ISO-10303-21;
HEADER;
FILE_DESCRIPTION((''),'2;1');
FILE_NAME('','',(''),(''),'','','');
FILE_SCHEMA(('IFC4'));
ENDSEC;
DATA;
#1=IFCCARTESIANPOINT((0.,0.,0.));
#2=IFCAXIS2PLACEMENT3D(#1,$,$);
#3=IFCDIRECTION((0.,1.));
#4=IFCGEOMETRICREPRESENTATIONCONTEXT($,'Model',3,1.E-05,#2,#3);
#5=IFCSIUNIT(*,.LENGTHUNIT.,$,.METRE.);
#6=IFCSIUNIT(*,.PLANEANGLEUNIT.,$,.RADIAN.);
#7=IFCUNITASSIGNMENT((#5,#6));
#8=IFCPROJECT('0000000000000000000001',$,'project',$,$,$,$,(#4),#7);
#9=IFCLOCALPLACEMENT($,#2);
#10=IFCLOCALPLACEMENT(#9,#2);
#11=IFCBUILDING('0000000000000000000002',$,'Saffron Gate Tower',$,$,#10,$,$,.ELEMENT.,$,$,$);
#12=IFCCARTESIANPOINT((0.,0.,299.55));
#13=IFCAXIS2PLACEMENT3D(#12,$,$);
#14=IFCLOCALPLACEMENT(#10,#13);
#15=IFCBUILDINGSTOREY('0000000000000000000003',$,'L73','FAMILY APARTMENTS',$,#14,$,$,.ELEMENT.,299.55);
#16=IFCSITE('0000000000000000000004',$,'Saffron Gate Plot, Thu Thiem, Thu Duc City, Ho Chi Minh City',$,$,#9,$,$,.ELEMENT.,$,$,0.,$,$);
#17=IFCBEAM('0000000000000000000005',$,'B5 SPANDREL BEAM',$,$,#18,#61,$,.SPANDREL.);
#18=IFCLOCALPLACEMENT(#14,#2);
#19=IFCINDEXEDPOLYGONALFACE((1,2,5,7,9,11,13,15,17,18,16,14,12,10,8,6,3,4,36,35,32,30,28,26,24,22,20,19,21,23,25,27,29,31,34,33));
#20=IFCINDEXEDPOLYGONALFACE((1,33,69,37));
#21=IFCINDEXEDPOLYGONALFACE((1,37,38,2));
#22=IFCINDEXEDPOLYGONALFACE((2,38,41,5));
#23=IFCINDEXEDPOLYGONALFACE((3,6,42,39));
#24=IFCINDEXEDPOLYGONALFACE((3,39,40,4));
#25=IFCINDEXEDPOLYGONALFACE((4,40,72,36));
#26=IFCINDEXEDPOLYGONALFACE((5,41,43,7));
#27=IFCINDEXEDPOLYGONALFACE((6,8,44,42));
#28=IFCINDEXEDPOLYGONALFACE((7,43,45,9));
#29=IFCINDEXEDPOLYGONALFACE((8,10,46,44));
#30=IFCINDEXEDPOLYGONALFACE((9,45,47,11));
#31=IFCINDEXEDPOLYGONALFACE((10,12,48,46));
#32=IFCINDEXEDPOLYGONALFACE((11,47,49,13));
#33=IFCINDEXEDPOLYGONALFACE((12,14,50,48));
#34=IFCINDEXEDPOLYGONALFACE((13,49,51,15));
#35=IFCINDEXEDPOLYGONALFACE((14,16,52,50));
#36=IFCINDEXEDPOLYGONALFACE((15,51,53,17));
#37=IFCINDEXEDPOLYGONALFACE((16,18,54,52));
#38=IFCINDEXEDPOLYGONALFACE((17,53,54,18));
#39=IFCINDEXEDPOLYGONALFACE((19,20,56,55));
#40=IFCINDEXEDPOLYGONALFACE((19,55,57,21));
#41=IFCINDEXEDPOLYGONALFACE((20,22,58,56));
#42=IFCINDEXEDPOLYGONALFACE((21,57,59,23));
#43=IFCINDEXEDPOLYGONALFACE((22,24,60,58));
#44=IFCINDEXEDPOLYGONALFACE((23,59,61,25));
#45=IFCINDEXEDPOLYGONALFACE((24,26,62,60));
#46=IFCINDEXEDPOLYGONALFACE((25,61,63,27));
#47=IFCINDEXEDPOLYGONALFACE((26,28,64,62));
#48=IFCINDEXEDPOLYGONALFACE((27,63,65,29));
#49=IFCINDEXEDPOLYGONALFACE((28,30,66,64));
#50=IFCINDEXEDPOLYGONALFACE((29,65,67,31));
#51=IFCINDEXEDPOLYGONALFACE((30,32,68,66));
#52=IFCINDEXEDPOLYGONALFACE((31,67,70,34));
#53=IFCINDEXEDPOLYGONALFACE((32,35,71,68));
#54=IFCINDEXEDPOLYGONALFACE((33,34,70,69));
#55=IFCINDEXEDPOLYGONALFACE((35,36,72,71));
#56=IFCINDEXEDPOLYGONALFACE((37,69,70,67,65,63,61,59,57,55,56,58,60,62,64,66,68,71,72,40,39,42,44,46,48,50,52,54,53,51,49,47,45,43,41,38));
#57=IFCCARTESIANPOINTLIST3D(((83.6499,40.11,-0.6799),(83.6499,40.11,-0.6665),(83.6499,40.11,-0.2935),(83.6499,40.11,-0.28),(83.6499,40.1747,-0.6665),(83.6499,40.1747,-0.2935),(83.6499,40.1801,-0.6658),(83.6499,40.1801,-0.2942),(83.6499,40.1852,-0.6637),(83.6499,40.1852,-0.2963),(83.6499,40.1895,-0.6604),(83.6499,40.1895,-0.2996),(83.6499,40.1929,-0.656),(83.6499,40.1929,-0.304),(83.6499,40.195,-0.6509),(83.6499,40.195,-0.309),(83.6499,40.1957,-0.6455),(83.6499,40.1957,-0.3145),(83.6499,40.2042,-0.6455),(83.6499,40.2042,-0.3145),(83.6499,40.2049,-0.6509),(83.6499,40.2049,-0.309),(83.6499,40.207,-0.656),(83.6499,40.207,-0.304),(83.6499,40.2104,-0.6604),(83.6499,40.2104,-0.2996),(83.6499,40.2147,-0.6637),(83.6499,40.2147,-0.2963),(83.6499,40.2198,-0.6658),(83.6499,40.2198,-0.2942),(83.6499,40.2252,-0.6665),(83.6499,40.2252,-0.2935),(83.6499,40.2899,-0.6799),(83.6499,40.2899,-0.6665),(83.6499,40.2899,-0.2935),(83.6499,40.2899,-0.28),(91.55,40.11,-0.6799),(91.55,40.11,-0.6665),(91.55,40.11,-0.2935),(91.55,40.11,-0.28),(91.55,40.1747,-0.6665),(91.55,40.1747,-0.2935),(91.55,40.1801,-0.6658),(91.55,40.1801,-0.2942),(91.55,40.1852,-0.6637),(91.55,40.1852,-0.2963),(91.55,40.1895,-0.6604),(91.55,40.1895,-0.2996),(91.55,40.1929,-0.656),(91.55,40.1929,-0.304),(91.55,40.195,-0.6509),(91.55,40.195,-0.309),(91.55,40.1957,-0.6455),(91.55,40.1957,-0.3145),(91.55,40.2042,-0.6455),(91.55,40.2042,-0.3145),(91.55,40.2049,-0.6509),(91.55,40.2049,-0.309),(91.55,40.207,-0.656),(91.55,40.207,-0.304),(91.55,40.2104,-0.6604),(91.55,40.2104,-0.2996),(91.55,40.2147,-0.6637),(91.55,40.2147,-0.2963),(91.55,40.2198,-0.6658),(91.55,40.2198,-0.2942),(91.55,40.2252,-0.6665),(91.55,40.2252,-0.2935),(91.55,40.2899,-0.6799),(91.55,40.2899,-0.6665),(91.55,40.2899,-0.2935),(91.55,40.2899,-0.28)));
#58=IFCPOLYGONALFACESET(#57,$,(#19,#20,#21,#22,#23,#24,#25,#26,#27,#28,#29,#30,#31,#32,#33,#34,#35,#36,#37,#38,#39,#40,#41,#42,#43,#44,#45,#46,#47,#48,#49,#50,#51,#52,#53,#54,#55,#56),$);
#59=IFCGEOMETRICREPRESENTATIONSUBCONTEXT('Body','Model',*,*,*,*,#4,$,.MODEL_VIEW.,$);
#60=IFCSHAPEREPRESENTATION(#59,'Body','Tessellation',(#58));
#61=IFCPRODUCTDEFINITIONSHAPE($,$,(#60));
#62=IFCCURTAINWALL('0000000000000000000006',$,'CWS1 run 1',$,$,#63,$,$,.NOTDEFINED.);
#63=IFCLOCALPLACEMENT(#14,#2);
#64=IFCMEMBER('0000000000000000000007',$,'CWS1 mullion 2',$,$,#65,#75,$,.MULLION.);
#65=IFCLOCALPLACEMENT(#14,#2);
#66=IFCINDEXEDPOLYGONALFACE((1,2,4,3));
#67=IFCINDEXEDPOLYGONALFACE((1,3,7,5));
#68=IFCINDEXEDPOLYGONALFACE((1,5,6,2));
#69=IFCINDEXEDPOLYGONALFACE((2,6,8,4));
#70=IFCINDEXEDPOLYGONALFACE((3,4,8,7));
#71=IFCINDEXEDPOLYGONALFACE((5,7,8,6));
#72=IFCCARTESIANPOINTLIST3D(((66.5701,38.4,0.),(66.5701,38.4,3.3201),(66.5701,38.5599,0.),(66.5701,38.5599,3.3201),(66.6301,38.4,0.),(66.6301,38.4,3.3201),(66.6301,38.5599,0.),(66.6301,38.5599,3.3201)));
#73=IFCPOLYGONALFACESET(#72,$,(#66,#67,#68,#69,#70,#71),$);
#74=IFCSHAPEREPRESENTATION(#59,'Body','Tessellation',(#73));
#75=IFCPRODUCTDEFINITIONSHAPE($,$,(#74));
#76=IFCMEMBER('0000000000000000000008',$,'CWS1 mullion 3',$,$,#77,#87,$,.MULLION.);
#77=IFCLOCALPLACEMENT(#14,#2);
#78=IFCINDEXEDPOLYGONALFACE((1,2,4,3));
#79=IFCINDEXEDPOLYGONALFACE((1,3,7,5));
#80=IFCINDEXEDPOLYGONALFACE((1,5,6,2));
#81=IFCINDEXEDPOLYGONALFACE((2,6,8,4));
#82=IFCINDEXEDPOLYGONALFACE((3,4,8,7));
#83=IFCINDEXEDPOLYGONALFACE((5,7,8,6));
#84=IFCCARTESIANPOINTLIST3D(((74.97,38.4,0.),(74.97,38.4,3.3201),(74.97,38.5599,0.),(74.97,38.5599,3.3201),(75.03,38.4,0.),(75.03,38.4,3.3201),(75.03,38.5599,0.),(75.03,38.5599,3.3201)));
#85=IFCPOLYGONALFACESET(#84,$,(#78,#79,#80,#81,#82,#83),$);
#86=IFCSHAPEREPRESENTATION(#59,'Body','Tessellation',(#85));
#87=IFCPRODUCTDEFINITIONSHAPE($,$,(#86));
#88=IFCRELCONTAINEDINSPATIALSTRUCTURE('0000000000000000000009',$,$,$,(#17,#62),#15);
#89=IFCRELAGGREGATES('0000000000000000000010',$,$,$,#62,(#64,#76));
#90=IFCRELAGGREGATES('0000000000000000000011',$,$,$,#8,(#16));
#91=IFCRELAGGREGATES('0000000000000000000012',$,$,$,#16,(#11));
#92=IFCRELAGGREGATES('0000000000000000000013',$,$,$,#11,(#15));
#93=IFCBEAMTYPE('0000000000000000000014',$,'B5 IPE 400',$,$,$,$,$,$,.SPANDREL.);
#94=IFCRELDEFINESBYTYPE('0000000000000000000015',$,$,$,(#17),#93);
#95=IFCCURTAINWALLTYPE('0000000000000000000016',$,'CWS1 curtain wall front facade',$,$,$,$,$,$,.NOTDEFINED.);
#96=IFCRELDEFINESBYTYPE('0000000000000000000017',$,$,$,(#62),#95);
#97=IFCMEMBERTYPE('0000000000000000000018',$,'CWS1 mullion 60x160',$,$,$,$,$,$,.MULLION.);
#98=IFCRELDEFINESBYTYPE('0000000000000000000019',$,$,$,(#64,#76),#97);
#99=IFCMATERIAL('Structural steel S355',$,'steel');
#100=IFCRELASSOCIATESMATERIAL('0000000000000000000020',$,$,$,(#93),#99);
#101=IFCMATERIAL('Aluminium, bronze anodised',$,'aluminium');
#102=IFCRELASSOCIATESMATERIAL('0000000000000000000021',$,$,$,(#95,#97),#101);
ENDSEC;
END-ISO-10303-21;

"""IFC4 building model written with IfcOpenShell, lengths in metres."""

from ifc_helpers import new_model, si_unit, direction, frame, origin, origin_2d, place, context, subcontext, project, spatial, rectangle, i_section, extrude, material, material_profile, profile_set, type_object, element, aggregate, save


model = new_model("IFC4")

# Units and contexts
model_context = context("Model", 3, precision=1e-05, world=origin(), true_north=direction((0.0, 1.0)))
body_context = subcontext(model_context, "Body", "Model", "MODEL_VIEW")
ifc_project = project(units=[si_unit("LENGTHUNIT", "METRE"), si_unit("PLANEANGLEUNIT", "RADIAN")], contexts=[model_context])

# Site, building, storey
site_placement = place(None, origin())
site = spatial("IfcSite", under=ifc_project, at=site_placement, Name="Saffron Gate Plot, Thu Thiem, Thu Duc City, Ho Chi Minh City", CompositionType="ELEMENT", RefElevation=0.0)
building_placement = place(site_placement, origin())
building = spatial("IfcBuilding", under=site, at=building_placement, Name="Saffron Gate Tower", CompositionType="ELEMENT")
storey_placement = place(building_placement, frame((0.0, 0.0, 299.55)))
storey = spatial("IfcBuildingStorey", under=building, at=storey_placement, Name="L73", Description="FAMILY APARTMENTS", CompositionType="ELEMENT", Elevation=299.55)

# Beam
ifc_material_1 = material(Name="Structural steel S355", Category="steel")
ifc_material_profile_1 = material_profile(ifc_material_1, i_section(OverallWidth=0.1799, OverallDepth=0.3999, WebThickness=0.0085, FlangeThickness=0.0134, FilletRadius=0.021, at=origin_2d()))
ifc_profile_set_1 = profile_set([ifc_material_profile_1], Name="Structural steel S355")
beam_type_1 = type_object("IfcBeamType", Name="B5 IPE 400", PredefinedType="SPANDREL", material=ifc_profile_set_1)
beam_1_placement = place(storey_placement, frame((83.6499, 40.2, -0.48), z_axis=(1.0, 0.0, 0.0), x_axis=(0.0, 1.0, 0.0)))
element("IfcBeam", 1, at=beam_1_placement, inside=storey, type_object=beam_type_1, Name="B5 SPANDREL BEAM", PredefinedType="SPANDREL", context=body_context, shape_type="SweptSolid", body=[
    extrude(i_section(OverallWidth=0.1799, OverallDepth=0.3999, WebThickness=0.0085, FlangeThickness=0.0134, FilletRadius=0.021, at=origin_2d()), origin(), (0.0, 0.0, 1.0), 7.9001),
])

# Curtain wall, members
ifc_material_2 = material(Name="Aluminium, bronze anodised", Category="aluminium")
curtain_wall_type = type_object("IfcCurtainWallType", Name="CWS1 curtain wall front facade", PredefinedType="NOTDEFINED", material=ifc_material_2)
curtain_wall_placement = place(storey_placement, origin())
curtain_wall = element("IfcCurtainWall", 2, at=curtain_wall_placement, inside=storey, type_object=curtain_wall_type, Name="CWS1 run 1", PredefinedType="NOTDEFINED")
ifc_material_profile_2 = material_profile(ifc_material_2, rectangle(XDim=0.1599, YDim=0.0601, at=origin_2d()))
ifc_profile_set_2 = profile_set([ifc_material_profile_2], Name="Aluminium, bronze anodised")
member_type = type_object("IfcMemberType", Name="CWS1 mullion 60x160", PredefinedType="MULLION", material=ifc_profile_set_2)
member_1_placement = place(storey_placement, frame((66.6001, 38.48, 0.0), z_axis=(0.0, 0.0, 1.0), x_axis=(0.0, 1.0, 0.0)))
member_1 = element("IfcMember", 3, at=member_1_placement, type_object=member_type, Name="CWS1 mullion 2", PredefinedType="MULLION", context=body_context, shape_type="SweptSolid", body=[
    extrude(rectangle(XDim=0.1599, YDim=0.0601, at=origin_2d()), origin(), (0.0, 0.0, 1.0), 3.3201),
])
member_2_placement = place(storey_placement, frame((75.0, 38.48, 0.0), z_axis=(0.0, 0.0, 1.0), x_axis=(0.0, 1.0, 0.0)))
member_2 = element("IfcMember", 4, at=member_2_placement, type_object=member_type, Name="CWS1 mullion 3", PredefinedType="MULLION", context=body_context, shape_type="SweptSolid", body=[
    extrude(rectangle(XDim=0.1599, YDim=0.0601, at=origin_2d()), origin(), (0.0, 0.0, 1.0), 3.3201),
])
aggregate(curtain_wall, [member_1, member_2])

save(model, "model.ifc")
